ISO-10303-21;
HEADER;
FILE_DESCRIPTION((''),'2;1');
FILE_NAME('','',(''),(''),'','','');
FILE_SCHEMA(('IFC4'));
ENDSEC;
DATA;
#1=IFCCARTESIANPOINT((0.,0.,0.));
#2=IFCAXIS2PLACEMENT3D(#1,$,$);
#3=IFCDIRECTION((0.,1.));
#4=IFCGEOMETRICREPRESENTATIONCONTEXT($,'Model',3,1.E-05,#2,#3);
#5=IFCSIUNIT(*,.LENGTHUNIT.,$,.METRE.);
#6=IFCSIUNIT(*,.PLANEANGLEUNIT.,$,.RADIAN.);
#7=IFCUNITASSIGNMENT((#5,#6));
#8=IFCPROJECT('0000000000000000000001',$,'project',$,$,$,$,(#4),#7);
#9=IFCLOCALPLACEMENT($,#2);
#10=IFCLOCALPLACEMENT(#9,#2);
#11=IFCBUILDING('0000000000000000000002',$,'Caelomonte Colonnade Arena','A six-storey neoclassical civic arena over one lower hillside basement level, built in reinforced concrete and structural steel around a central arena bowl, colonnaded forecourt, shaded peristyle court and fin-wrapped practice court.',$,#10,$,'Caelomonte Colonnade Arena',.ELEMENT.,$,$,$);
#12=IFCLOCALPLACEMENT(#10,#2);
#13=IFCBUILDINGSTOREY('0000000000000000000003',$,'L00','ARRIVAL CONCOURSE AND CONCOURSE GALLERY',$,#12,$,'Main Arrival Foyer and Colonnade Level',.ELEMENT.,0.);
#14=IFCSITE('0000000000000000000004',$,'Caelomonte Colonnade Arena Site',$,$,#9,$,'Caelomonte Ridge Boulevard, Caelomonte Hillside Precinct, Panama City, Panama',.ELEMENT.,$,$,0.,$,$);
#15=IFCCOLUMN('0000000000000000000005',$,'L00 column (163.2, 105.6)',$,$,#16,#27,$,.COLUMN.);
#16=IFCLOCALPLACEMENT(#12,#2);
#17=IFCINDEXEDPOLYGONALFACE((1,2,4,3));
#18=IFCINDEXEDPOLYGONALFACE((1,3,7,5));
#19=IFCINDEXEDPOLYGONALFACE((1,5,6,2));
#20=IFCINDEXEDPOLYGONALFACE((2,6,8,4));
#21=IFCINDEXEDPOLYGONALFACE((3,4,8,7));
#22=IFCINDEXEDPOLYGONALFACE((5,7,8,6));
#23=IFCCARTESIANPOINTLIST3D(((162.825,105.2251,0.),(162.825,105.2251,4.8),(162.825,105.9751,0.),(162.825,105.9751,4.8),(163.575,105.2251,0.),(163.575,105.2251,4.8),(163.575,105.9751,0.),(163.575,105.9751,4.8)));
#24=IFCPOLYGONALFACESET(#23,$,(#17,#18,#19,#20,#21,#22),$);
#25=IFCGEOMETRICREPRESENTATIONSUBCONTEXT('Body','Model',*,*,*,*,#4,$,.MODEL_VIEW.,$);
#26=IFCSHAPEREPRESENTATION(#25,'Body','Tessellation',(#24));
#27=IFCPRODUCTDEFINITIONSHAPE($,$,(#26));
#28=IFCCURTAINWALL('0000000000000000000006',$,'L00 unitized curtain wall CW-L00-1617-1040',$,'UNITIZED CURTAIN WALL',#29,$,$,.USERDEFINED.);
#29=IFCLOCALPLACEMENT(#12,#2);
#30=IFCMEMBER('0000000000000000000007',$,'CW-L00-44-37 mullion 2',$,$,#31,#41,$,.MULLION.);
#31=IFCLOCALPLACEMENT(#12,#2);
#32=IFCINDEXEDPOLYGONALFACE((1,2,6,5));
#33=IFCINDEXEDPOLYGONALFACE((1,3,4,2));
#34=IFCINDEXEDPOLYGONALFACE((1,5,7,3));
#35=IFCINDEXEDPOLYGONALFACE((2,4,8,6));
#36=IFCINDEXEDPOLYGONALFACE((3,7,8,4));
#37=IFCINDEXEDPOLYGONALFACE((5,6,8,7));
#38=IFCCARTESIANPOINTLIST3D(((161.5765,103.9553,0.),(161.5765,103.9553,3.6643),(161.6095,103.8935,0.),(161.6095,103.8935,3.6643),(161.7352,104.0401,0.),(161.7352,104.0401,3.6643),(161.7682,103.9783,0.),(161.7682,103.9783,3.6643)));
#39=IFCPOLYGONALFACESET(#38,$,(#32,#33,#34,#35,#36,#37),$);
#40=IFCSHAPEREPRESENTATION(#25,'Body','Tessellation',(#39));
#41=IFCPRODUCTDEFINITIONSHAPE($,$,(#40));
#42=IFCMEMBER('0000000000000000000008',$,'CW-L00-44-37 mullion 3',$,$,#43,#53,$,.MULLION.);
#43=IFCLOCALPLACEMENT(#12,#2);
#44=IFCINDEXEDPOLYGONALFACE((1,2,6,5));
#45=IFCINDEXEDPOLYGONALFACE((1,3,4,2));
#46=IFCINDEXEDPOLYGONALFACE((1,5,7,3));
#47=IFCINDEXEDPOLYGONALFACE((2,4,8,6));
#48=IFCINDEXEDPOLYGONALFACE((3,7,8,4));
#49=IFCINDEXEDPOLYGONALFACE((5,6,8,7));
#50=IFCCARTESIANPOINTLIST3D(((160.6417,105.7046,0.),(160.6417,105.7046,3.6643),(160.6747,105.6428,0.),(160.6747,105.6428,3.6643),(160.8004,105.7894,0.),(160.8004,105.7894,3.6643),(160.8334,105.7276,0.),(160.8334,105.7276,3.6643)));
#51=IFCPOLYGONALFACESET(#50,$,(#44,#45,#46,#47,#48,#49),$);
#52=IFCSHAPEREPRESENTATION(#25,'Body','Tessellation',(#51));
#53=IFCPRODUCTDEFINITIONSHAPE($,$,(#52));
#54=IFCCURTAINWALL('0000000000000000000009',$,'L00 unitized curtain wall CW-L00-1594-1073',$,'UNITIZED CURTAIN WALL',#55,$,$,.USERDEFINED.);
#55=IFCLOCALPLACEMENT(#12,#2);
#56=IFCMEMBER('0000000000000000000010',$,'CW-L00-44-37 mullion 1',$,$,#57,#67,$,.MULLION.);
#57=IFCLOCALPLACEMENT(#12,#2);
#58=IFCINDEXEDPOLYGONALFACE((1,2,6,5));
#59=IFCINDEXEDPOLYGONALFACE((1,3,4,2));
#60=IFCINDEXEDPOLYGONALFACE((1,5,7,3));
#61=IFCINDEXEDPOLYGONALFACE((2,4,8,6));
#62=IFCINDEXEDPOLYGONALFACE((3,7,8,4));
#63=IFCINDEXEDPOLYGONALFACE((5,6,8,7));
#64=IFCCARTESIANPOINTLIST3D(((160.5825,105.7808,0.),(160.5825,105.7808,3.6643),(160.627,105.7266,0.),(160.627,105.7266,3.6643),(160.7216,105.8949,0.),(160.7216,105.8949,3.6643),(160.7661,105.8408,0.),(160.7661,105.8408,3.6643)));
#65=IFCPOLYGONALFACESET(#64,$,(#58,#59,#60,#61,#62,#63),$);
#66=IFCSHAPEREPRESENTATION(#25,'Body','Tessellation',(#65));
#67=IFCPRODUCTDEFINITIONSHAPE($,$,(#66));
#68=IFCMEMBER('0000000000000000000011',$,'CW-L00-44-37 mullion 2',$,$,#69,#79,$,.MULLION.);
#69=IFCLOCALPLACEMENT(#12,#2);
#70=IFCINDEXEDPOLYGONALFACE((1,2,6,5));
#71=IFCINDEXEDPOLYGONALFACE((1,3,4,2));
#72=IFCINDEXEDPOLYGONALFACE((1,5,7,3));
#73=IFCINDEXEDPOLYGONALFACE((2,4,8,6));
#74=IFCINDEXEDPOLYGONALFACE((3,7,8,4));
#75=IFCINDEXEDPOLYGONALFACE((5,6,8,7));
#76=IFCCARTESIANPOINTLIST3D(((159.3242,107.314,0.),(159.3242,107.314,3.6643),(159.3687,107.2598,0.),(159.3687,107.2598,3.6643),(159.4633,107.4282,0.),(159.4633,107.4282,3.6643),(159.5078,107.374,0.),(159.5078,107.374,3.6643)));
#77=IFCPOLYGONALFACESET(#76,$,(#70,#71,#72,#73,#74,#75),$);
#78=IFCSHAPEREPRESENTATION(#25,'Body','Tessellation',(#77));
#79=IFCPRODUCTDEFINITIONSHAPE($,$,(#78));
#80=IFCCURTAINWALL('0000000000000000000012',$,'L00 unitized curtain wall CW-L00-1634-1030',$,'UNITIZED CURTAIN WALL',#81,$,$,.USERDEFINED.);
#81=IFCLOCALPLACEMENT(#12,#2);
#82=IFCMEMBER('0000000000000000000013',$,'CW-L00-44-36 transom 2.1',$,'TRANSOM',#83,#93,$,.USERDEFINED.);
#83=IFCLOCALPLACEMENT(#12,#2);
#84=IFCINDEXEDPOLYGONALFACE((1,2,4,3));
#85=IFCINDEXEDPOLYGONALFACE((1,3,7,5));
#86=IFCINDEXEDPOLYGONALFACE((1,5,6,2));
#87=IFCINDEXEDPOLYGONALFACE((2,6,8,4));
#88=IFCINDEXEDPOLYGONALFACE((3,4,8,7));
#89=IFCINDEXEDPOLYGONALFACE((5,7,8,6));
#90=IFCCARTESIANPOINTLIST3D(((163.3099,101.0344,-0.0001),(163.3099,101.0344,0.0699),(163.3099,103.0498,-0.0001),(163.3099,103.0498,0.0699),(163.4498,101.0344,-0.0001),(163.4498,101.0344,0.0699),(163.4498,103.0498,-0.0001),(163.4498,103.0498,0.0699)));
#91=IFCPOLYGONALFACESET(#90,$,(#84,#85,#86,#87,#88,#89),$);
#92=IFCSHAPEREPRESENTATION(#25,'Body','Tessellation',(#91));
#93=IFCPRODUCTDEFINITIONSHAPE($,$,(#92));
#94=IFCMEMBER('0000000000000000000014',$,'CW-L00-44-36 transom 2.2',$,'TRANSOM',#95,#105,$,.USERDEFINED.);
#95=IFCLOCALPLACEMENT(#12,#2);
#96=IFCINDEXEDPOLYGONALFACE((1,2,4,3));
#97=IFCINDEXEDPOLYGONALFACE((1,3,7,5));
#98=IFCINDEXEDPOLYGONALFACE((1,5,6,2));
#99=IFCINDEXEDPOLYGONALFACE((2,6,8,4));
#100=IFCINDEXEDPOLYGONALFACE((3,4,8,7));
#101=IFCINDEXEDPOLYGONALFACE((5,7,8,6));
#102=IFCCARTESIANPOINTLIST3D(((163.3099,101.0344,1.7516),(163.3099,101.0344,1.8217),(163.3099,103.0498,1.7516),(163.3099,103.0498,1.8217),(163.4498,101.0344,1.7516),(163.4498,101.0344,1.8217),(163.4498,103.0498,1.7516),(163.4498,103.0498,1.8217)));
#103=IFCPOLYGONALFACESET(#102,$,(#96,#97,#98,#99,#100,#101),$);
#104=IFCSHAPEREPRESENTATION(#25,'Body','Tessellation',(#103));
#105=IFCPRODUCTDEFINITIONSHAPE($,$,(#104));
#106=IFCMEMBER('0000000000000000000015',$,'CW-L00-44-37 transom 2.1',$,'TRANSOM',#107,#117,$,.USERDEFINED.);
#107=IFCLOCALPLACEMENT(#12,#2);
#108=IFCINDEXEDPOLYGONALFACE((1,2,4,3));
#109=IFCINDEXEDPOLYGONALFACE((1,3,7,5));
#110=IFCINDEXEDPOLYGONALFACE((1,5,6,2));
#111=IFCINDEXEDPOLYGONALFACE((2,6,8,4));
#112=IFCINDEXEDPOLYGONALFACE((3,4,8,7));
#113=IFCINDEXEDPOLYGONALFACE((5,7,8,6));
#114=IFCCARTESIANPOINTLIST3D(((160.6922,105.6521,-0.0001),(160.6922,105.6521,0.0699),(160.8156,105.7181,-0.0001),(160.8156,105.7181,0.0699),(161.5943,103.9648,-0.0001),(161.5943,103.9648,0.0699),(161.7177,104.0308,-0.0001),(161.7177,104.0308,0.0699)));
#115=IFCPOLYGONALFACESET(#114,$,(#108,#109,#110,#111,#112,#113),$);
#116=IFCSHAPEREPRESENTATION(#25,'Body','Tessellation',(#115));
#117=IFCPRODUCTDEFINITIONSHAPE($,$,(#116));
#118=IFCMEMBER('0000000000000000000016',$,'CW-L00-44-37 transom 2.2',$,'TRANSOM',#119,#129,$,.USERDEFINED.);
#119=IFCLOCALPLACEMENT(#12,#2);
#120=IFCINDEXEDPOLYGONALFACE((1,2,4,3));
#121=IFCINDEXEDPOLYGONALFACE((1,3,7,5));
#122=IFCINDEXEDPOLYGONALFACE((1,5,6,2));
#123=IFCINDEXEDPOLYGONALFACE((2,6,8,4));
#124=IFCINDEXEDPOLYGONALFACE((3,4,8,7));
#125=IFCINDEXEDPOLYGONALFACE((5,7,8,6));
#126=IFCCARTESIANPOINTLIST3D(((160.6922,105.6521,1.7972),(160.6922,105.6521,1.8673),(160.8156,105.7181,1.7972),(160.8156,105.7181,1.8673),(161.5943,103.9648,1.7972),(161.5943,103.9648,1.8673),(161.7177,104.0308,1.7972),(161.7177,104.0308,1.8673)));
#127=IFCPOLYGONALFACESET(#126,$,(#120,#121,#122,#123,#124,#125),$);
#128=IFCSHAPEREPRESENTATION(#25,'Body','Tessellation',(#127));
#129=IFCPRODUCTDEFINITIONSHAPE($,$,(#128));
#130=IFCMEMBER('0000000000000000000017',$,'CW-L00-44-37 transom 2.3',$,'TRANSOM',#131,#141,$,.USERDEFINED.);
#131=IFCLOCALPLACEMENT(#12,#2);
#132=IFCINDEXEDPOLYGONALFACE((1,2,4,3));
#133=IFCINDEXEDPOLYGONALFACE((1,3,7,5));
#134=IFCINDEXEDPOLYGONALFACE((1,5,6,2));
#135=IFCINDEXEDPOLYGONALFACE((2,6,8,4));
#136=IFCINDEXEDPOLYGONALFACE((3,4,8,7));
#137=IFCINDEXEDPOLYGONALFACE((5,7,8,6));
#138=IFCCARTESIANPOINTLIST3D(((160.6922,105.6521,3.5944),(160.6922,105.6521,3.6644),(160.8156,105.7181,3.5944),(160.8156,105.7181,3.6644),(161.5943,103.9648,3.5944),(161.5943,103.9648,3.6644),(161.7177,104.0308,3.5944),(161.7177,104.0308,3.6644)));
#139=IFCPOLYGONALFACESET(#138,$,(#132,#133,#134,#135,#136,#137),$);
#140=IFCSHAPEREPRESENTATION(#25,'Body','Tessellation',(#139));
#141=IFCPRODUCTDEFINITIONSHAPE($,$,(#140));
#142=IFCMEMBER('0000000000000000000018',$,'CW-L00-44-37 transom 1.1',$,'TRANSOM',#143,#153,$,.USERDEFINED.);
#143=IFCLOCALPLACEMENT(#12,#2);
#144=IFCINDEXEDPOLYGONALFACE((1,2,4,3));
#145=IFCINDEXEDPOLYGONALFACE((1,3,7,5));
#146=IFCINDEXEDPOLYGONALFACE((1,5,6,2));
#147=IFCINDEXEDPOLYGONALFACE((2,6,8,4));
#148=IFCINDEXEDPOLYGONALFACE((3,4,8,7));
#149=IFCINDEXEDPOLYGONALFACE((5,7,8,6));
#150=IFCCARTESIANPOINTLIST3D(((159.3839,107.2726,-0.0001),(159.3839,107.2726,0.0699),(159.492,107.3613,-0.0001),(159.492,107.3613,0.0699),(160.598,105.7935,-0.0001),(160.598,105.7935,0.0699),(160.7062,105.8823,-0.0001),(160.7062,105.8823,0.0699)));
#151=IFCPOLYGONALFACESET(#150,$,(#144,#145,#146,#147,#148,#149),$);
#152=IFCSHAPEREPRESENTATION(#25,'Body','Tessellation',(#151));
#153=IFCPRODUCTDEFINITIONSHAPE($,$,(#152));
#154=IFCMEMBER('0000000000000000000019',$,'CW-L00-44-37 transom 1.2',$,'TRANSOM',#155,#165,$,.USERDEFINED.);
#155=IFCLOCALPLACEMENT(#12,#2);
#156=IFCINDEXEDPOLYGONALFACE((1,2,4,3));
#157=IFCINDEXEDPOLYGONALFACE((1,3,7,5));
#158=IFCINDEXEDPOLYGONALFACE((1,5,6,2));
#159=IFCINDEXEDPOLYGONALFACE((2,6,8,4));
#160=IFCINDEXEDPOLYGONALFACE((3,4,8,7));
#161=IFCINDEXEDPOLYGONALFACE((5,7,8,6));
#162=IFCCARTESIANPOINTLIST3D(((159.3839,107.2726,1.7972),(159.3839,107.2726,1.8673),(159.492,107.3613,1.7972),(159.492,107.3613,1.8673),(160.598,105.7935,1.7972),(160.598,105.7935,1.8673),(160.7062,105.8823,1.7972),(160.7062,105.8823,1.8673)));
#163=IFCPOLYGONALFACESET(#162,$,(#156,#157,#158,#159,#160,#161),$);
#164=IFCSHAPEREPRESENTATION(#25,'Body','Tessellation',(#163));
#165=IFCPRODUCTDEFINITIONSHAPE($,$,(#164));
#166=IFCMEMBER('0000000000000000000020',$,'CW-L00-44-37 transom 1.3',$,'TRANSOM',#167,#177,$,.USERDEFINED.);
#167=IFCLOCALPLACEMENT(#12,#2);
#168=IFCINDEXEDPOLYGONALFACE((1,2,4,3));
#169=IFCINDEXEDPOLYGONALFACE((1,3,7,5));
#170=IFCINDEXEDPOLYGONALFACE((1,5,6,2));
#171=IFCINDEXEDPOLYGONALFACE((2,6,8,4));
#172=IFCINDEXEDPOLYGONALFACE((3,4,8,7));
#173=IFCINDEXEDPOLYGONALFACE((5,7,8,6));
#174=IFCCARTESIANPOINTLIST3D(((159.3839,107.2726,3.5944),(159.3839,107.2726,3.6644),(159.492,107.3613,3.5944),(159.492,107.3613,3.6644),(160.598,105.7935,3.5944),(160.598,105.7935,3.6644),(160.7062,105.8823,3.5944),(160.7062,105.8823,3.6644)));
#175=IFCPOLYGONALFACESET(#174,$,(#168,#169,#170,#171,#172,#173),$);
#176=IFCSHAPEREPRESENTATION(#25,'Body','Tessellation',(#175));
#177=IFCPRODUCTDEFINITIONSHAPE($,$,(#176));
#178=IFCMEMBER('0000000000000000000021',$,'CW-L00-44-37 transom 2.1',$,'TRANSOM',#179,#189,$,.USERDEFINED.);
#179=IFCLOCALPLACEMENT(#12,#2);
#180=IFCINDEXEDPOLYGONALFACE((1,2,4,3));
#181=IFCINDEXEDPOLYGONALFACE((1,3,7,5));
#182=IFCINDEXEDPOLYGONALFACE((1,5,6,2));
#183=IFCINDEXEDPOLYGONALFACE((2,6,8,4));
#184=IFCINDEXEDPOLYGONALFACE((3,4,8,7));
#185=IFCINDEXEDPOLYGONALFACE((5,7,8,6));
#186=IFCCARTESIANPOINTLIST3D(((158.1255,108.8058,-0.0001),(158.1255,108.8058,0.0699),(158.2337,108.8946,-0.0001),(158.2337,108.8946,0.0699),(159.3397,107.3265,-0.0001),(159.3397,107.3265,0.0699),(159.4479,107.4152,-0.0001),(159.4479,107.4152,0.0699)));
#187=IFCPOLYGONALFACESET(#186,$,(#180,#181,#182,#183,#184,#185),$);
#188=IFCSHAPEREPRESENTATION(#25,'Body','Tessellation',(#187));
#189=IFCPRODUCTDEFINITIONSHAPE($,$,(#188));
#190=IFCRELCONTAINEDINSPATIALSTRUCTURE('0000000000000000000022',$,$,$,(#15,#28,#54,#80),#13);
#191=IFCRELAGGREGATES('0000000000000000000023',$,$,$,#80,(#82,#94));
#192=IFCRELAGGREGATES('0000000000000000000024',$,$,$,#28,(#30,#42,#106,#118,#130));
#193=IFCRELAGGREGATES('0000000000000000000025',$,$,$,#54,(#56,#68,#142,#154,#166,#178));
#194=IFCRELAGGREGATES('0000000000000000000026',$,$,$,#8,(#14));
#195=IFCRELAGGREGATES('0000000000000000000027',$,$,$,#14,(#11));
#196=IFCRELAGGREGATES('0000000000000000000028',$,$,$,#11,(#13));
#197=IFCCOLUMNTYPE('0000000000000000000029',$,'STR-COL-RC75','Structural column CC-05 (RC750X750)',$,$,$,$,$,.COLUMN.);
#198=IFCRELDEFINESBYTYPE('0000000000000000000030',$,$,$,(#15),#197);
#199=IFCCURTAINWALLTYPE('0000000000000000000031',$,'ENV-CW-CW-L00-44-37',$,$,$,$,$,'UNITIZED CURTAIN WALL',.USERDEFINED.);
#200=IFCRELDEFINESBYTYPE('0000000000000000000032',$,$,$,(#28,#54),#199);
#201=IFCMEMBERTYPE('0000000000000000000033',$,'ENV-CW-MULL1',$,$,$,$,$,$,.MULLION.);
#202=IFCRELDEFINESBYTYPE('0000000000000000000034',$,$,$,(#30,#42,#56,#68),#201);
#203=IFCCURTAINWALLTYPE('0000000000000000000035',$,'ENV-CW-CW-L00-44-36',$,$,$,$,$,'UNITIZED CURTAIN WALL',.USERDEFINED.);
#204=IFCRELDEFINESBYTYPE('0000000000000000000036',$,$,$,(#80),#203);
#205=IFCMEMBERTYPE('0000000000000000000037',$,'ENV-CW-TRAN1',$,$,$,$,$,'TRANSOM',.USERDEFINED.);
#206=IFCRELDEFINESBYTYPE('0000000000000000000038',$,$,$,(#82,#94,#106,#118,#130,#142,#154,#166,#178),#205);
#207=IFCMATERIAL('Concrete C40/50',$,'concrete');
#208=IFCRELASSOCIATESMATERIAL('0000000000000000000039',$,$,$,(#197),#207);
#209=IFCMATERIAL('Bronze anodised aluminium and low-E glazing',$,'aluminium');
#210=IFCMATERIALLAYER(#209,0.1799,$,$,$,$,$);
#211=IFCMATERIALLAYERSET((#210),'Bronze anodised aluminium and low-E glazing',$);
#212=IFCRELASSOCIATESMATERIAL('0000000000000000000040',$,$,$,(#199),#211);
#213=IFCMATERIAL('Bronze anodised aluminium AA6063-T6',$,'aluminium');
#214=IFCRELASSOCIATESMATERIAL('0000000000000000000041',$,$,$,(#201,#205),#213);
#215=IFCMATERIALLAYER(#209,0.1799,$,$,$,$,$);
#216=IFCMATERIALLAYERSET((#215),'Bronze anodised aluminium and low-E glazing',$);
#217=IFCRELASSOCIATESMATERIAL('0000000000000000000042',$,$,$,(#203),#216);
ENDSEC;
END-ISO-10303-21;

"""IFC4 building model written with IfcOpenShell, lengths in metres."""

from ifc_helpers import new_model, si_unit, direction, frame, origin, origin_2d, place, context, subcontext, project, spatial, rectangle, extrude, material, layer, layer_set, material_profile, profile_set, type_object, element, aggregate, save


model = new_model("IFC4")

# Units and contexts
model_context = context("Model", 3, precision=1e-05, world=origin(), true_north=direction((0.0, 1.0)))
body_context = subcontext(model_context, "Body", "Model", "MODEL_VIEW")
ifc_project = project(units=[si_unit("LENGTHUNIT", "METRE"), si_unit("PLANEANGLEUNIT", "RADIAN")], contexts=[model_context])

# Site, building, storey
site_placement = place(None, origin())
site = spatial("IfcSite", under=ifc_project, at=site_placement, Name="Caelomonte Colonnade Arena Site", LongName="Caelomonte Ridge Boulevard, Caelomonte Hillside Precinct, Panama City, Panama", CompositionType="ELEMENT", RefElevation=0.0)
building_placement = place(site_placement, origin())
building = spatial("IfcBuilding", under=site, at=building_placement, Name="Caelomonte Colonnade Arena", Description="A six-storey neoclassical civic arena over one lower hillside basement level, built in reinforced concrete and structural steel around a central arena bowl, colonnaded forecourt, shaded peristyle court and fin-wrapped practice court.", LongName="Caelomonte Colonnade Arena", CompositionType="ELEMENT")
storey_placement = place(building_placement, origin())
storey = spatial("IfcBuildingStorey", under=building, at=storey_placement, Name="L00", Description="ARRIVAL CONCOURSE AND CONCOURSE GALLERY", LongName="Main Arrival Foyer and Colonnade Level", CompositionType="ELEMENT", Elevation=0.0)

# Column
ifc_material_1 = material(Name="Concrete C40/50", Category="concrete")
ifc_material_profile_1 = material_profile(ifc_material_1, rectangle(XDim=0.75, YDim=0.75, at=origin_2d()), Name="RC750X750")
ifc_profile_set_1 = profile_set([ifc_material_profile_1], Name="Concrete C40/50")
column_type = type_object("IfcColumnType", Name="STR-COL-RC75", Description="Structural column CC-05 (RC750X750)", PredefinedType="COLUMN", material=ifc_profile_set_1)
column_placement = place(storey_placement, frame((163.2, 105.6001, 0.0), z_axis=(0.0, 0.0, 1.0), x_axis=(1.0, 0.0, 0.0)))
element("IfcColumn", 1, at=column_placement, inside=storey, type_object=column_type, Name="L00 column (163.2, 105.6)", PredefinedType="COLUMN", context=body_context, shape_type="SweptSolid", body=[
    extrude(rectangle(XDim=0.75, YDim=0.75, at=origin_2d()), origin(), (0.0, 0.0, 1.0), 4.8),
])

# Curtain walls, members
ifc_material_2 = material(Name="Bronze anodised aluminium and low-E glazing", Category="aluminium")
ifc_layer_1 = layer(ifc_material_2, 0.1799)
ifc_layer_set_1 = layer_set([ifc_layer_1], Name="Bronze anodised aluminium and low-E glazing")
curtain_wall_type_1 = type_object("IfcCurtainWallType", Name="ENV-CW-CW-L00-44-37", ElementType="UNITIZED CURTAIN WALL", PredefinedType="USERDEFINED", material=ifc_layer_set_1)
curtain_wall_1_placement = place(storey_placement, origin())
curtain_wall_1 = element("IfcCurtainWall", 2, at=curtain_wall_1_placement, inside=storey, type_object=curtain_wall_type_1, Name="L00 unitized curtain wall CW-L00-1617-1040", ObjectType="UNITIZED CURTAIN WALL", PredefinedType="USERDEFINED")
ifc_material_3 = material(Name="Bronze anodised aluminium AA6063-T6", Category="aluminium")
ifc_material_profile_2 = material_profile(ifc_material_3, rectangle(XDim=0.0701, YDim=0.1799, at=origin_2d()), Name="CWM-70X180")
ifc_profile_set_2 = profile_set([ifc_material_profile_2], Name="Bronze anodised aluminium AA6063-T6")
member_type_1 = type_object("IfcMemberType", Name="ENV-CW-MULL1", PredefinedType="MULLION", material=ifc_profile_set_2)
member_1_placement = place(storey_placement, frame((161.6724, 103.9668, 0.0), z_axis=(0.0, 0.0, 1.0), x_axis=(-0.471394, 0.881923, 0.0)))
member_1 = element("IfcMember", 3, at=member_1_placement, type_object=member_type_1, Name="CW-L00-44-37 mullion 2", PredefinedType="MULLION", context=body_context, shape_type="SweptSolid", body=[
    extrude(rectangle(XDim=0.0701, YDim=0.1799, at=origin_2d()), origin(), (0.0, 0.0, 1.0), 3.6643),
])
member_2_placement = place(storey_placement, frame((160.7375, 105.7161, 0.0), z_axis=(0.0, 0.0, 1.0), x_axis=(-0.471394, 0.881923, 0.0)))
member_2 = element("IfcMember", 4, at=member_2_placement, type_object=member_type_1, Name="CW-L00-44-37 mullion 3", PredefinedType="MULLION", context=body_context, shape_type="SweptSolid", body=[
    extrude(rectangle(XDim=0.0701, YDim=0.1799, at=origin_2d()), origin(), (0.0, 0.0, 1.0), 3.6643),
])
curtain_wall_2_placement = place(storey_placement, origin())
curtain_wall_2 = element("IfcCurtainWall", 5, at=curtain_wall_2_placement, inside=storey, type_object=curtain_wall_type_1, Name="L00 unitized curtain wall CW-L00-1594-1073", ObjectType="UNITIZED CURTAIN WALL", PredefinedType="USERDEFINED")
member_3_placement = place(storey_placement, frame((160.6743, 105.8108, 0.0), z_axis=(0.0, 0.0, 1.0), x_axis=(-0.634416, 0.772992, 0.0)))
member_3 = element("IfcMember", 6, at=member_3_placement, type_object=member_type_1, Name="CW-L00-44-37 mullion 1", PredefinedType="MULLION", context=body_context, shape_type="SweptSolid", body=[
    extrude(rectangle(XDim=0.0701, YDim=0.1799, at=origin_2d()), origin(), (0.0, 0.0, 1.0), 3.6643),
])
member_4_placement = place(storey_placement, frame((159.416, 107.344, 0.0), z_axis=(0.0, 0.0, 1.0), x_axis=(-0.634416, 0.772992, 0.0)))
member_4 = element("IfcMember", 7, at=member_4_placement, type_object=member_type_1, Name="CW-L00-44-37 mullion 2", PredefinedType="MULLION", context=body_context, shape_type="SweptSolid", body=[
    extrude(rectangle(XDim=0.0701, YDim=0.1799, at=origin_2d()), origin(), (0.0, 0.0, 1.0), 3.6643),
])
ifc_layer_2 = layer(ifc_material_2, 0.1799)
ifc_layer_set_2 = layer_set([ifc_layer_2], Name="Bronze anodised aluminium and low-E glazing")
curtain_wall_type_2 = type_object("IfcCurtainWallType", Name="ENV-CW-CW-L00-44-36", ElementType="UNITIZED CURTAIN WALL", PredefinedType="USERDEFINED", material=ifc_layer_set_2)
curtain_wall_3_placement = place(storey_placement, origin())
curtain_wall_3 = element("IfcCurtainWall", 8, at=curtain_wall_3_placement, inside=storey, type_object=curtain_wall_type_2, Name="L00 unitized curtain wall CW-L00-1634-1030", ObjectType="UNITIZED CURTAIN WALL", PredefinedType="USERDEFINED")
ifc_material_profile_3 = material_profile(ifc_material_3, rectangle(XDim=0.0701, YDim=0.1399, at=origin_2d()), Name="CWT-70X140")
ifc_profile_set_3 = profile_set([ifc_material_profile_3], Name="Bronze anodised aluminium AA6063-T6")
member_type_2 = type_object("IfcMemberType", Name="ENV-CW-TRAN1", ElementType="TRANSOM", PredefinedType="USERDEFINED", material=ifc_profile_set_3)
member_5_placement = place(storey_placement, frame((163.3799, 103.0498, 0.0349), z_axis=(0.0, -1.0, 0.0), x_axis=(0.0, 0.0, 1.0)))
member_5 = element("IfcMember", 9, at=member_5_placement, type_object=member_type_2, Name="CW-L00-44-36 transom 2.1", ObjectType="TRANSOM", PredefinedType="USERDEFINED", context=body_context, shape_type="SweptSolid", body=[
    extrude(rectangle(XDim=0.0701, YDim=0.1399, at=origin_2d()), origin(), (0.0, 0.0, 1.0), 2.0154),
])
member_6_placement = place(storey_placement, frame((163.3799, 103.0498, 1.7866), z_axis=(0.0, -1.0, 0.0), x_axis=(0.0, 0.0, 1.0)))
member_6 = element("IfcMember", 10, at=member_6_placement, type_object=member_type_2, Name="CW-L00-44-36 transom 2.2", ObjectType="TRANSOM", PredefinedType="USERDEFINED", context=body_context, shape_type="SweptSolid", body=[
    extrude(rectangle(XDim=0.0701, YDim=0.1399, at=origin_2d()), origin(), (0.0, 0.0, 1.0), 2.0154),
])
aggregate(curtain_wall_3, [member_5, member_6])

# Members
member_7_placement = place(storey_placement, frame((161.656, 103.9978, 0.0349), z_axis=(-0.471495, 0.881869, 0.0), x_axis=(0.0, 0.0, 1.0)))
member_7 = element("IfcMember", 11, at=member_7_placement, type_object=member_type_2, Name="CW-L00-44-37 transom 2.1", ObjectType="TRANSOM", PredefinedType="USERDEFINED", context=body_context, shape_type="SweptSolid", body=[
    extrude(rectangle(XDim=0.0701, YDim=0.1399, at=origin_2d()), origin(), (0.0, 0.0, 1.0), 1.9133),
])
member_8_placement = place(storey_placement, frame((161.656, 103.9978, 1.8323), z_axis=(-0.471495, 0.881869, 0.0), x_axis=(0.0, 0.0, 1.0)))
member_8 = element("IfcMember", 12, at=member_8_placement, type_object=member_type_2, Name="CW-L00-44-37 transom 2.2", ObjectType="TRANSOM", PredefinedType="USERDEFINED", context=body_context, shape_type="SweptSolid", body=[
    extrude(rectangle(XDim=0.0701, YDim=0.1399, at=origin_2d()), origin(), (0.0, 0.0, 1.0), 1.9133),
])
member_9_placement = place(storey_placement, frame((161.656, 103.9978, 3.6294), z_axis=(-0.471495, 0.881869, 0.0), x_axis=(0.0, 0.0, 1.0)))
member_9 = element("IfcMember", 13, at=member_9_placement, type_object=member_type_2, Name="CW-L00-44-37 transom 2.3", ObjectType="TRANSOM", PredefinedType="USERDEFINED", context=body_context, shape_type="SweptSolid", body=[
    extrude(rectangle(XDim=0.0701, YDim=0.1399, at=origin_2d()), origin(), (0.0, 0.0, 1.0), 1.9133),
])
member_10_placement = place(storey_placement, frame((160.6521, 105.8379, 0.0349), z_axis=(-0.634495, 0.772927, 0.0), x_axis=(0.0, 0.0, 1.0)))
member_10 = element("IfcMember", 14, at=member_10_placement, type_object=member_type_2, Name="CW-L00-44-37 transom 1.1", ObjectType="TRANSOM", PredefinedType="USERDEFINED", context=body_context, shape_type="SweptSolid", body=[
    extrude(rectangle(XDim=0.0701, YDim=0.1399, at=origin_2d()), origin(), (0.0, 0.0, 1.0), 1.9136),
])
member_11_placement = place(storey_placement, frame((160.6521, 105.8379, 1.8323), z_axis=(-0.634495, 0.772927, 0.0), x_axis=(0.0, 0.0, 1.0)))
member_11 = element("IfcMember", 15, at=member_11_placement, type_object=member_type_2, Name="CW-L00-44-37 transom 1.2", ObjectType="TRANSOM", PredefinedType="USERDEFINED", context=body_context, shape_type="SweptSolid", body=[
    extrude(rectangle(XDim=0.0701, YDim=0.1399, at=origin_2d()), origin(), (0.0, 0.0, 1.0), 1.9136),
])
member_12_placement = place(storey_placement, frame((160.6521, 105.8379, 3.6294), z_axis=(-0.634495, 0.772927, 0.0), x_axis=(0.0, 0.0, 1.0)))
member_12 = element("IfcMember", 16, at=member_12_placement, type_object=member_type_2, Name="CW-L00-44-37 transom 1.3", ObjectType="TRANSOM", PredefinedType="USERDEFINED", context=body_context, shape_type="SweptSolid", body=[
    extrude(rectangle(XDim=0.0701, YDim=0.1399, at=origin_2d()), origin(), (0.0, 0.0, 1.0), 1.9136),
])
member_13_placement = place(storey_placement, frame((159.3938, 107.3708, 0.0349), z_axis=(-0.634432, 0.772979, 0.0), x_axis=(0.0, 0.0, 1.0)))
member_13 = element("IfcMember", 17, at=member_13_placement, type_object=member_type_2, Name="CW-L00-44-37 transom 2.1", ObjectType="TRANSOM", PredefinedType="USERDEFINED", context=body_context, shape_type="SweptSolid", body=[
    extrude(rectangle(XDim=0.0701, YDim=0.1399, at=origin_2d()), origin(), (0.0, 0.0, 1.0), 1.9138),
])

aggregate(curtain_wall_1, [member_1, member_2, member_7, member_8, member_9])
aggregate(curtain_wall_2, [member_3, member_4, member_10, member_11, member_12, member_13])

save(model, "model.ifc")
